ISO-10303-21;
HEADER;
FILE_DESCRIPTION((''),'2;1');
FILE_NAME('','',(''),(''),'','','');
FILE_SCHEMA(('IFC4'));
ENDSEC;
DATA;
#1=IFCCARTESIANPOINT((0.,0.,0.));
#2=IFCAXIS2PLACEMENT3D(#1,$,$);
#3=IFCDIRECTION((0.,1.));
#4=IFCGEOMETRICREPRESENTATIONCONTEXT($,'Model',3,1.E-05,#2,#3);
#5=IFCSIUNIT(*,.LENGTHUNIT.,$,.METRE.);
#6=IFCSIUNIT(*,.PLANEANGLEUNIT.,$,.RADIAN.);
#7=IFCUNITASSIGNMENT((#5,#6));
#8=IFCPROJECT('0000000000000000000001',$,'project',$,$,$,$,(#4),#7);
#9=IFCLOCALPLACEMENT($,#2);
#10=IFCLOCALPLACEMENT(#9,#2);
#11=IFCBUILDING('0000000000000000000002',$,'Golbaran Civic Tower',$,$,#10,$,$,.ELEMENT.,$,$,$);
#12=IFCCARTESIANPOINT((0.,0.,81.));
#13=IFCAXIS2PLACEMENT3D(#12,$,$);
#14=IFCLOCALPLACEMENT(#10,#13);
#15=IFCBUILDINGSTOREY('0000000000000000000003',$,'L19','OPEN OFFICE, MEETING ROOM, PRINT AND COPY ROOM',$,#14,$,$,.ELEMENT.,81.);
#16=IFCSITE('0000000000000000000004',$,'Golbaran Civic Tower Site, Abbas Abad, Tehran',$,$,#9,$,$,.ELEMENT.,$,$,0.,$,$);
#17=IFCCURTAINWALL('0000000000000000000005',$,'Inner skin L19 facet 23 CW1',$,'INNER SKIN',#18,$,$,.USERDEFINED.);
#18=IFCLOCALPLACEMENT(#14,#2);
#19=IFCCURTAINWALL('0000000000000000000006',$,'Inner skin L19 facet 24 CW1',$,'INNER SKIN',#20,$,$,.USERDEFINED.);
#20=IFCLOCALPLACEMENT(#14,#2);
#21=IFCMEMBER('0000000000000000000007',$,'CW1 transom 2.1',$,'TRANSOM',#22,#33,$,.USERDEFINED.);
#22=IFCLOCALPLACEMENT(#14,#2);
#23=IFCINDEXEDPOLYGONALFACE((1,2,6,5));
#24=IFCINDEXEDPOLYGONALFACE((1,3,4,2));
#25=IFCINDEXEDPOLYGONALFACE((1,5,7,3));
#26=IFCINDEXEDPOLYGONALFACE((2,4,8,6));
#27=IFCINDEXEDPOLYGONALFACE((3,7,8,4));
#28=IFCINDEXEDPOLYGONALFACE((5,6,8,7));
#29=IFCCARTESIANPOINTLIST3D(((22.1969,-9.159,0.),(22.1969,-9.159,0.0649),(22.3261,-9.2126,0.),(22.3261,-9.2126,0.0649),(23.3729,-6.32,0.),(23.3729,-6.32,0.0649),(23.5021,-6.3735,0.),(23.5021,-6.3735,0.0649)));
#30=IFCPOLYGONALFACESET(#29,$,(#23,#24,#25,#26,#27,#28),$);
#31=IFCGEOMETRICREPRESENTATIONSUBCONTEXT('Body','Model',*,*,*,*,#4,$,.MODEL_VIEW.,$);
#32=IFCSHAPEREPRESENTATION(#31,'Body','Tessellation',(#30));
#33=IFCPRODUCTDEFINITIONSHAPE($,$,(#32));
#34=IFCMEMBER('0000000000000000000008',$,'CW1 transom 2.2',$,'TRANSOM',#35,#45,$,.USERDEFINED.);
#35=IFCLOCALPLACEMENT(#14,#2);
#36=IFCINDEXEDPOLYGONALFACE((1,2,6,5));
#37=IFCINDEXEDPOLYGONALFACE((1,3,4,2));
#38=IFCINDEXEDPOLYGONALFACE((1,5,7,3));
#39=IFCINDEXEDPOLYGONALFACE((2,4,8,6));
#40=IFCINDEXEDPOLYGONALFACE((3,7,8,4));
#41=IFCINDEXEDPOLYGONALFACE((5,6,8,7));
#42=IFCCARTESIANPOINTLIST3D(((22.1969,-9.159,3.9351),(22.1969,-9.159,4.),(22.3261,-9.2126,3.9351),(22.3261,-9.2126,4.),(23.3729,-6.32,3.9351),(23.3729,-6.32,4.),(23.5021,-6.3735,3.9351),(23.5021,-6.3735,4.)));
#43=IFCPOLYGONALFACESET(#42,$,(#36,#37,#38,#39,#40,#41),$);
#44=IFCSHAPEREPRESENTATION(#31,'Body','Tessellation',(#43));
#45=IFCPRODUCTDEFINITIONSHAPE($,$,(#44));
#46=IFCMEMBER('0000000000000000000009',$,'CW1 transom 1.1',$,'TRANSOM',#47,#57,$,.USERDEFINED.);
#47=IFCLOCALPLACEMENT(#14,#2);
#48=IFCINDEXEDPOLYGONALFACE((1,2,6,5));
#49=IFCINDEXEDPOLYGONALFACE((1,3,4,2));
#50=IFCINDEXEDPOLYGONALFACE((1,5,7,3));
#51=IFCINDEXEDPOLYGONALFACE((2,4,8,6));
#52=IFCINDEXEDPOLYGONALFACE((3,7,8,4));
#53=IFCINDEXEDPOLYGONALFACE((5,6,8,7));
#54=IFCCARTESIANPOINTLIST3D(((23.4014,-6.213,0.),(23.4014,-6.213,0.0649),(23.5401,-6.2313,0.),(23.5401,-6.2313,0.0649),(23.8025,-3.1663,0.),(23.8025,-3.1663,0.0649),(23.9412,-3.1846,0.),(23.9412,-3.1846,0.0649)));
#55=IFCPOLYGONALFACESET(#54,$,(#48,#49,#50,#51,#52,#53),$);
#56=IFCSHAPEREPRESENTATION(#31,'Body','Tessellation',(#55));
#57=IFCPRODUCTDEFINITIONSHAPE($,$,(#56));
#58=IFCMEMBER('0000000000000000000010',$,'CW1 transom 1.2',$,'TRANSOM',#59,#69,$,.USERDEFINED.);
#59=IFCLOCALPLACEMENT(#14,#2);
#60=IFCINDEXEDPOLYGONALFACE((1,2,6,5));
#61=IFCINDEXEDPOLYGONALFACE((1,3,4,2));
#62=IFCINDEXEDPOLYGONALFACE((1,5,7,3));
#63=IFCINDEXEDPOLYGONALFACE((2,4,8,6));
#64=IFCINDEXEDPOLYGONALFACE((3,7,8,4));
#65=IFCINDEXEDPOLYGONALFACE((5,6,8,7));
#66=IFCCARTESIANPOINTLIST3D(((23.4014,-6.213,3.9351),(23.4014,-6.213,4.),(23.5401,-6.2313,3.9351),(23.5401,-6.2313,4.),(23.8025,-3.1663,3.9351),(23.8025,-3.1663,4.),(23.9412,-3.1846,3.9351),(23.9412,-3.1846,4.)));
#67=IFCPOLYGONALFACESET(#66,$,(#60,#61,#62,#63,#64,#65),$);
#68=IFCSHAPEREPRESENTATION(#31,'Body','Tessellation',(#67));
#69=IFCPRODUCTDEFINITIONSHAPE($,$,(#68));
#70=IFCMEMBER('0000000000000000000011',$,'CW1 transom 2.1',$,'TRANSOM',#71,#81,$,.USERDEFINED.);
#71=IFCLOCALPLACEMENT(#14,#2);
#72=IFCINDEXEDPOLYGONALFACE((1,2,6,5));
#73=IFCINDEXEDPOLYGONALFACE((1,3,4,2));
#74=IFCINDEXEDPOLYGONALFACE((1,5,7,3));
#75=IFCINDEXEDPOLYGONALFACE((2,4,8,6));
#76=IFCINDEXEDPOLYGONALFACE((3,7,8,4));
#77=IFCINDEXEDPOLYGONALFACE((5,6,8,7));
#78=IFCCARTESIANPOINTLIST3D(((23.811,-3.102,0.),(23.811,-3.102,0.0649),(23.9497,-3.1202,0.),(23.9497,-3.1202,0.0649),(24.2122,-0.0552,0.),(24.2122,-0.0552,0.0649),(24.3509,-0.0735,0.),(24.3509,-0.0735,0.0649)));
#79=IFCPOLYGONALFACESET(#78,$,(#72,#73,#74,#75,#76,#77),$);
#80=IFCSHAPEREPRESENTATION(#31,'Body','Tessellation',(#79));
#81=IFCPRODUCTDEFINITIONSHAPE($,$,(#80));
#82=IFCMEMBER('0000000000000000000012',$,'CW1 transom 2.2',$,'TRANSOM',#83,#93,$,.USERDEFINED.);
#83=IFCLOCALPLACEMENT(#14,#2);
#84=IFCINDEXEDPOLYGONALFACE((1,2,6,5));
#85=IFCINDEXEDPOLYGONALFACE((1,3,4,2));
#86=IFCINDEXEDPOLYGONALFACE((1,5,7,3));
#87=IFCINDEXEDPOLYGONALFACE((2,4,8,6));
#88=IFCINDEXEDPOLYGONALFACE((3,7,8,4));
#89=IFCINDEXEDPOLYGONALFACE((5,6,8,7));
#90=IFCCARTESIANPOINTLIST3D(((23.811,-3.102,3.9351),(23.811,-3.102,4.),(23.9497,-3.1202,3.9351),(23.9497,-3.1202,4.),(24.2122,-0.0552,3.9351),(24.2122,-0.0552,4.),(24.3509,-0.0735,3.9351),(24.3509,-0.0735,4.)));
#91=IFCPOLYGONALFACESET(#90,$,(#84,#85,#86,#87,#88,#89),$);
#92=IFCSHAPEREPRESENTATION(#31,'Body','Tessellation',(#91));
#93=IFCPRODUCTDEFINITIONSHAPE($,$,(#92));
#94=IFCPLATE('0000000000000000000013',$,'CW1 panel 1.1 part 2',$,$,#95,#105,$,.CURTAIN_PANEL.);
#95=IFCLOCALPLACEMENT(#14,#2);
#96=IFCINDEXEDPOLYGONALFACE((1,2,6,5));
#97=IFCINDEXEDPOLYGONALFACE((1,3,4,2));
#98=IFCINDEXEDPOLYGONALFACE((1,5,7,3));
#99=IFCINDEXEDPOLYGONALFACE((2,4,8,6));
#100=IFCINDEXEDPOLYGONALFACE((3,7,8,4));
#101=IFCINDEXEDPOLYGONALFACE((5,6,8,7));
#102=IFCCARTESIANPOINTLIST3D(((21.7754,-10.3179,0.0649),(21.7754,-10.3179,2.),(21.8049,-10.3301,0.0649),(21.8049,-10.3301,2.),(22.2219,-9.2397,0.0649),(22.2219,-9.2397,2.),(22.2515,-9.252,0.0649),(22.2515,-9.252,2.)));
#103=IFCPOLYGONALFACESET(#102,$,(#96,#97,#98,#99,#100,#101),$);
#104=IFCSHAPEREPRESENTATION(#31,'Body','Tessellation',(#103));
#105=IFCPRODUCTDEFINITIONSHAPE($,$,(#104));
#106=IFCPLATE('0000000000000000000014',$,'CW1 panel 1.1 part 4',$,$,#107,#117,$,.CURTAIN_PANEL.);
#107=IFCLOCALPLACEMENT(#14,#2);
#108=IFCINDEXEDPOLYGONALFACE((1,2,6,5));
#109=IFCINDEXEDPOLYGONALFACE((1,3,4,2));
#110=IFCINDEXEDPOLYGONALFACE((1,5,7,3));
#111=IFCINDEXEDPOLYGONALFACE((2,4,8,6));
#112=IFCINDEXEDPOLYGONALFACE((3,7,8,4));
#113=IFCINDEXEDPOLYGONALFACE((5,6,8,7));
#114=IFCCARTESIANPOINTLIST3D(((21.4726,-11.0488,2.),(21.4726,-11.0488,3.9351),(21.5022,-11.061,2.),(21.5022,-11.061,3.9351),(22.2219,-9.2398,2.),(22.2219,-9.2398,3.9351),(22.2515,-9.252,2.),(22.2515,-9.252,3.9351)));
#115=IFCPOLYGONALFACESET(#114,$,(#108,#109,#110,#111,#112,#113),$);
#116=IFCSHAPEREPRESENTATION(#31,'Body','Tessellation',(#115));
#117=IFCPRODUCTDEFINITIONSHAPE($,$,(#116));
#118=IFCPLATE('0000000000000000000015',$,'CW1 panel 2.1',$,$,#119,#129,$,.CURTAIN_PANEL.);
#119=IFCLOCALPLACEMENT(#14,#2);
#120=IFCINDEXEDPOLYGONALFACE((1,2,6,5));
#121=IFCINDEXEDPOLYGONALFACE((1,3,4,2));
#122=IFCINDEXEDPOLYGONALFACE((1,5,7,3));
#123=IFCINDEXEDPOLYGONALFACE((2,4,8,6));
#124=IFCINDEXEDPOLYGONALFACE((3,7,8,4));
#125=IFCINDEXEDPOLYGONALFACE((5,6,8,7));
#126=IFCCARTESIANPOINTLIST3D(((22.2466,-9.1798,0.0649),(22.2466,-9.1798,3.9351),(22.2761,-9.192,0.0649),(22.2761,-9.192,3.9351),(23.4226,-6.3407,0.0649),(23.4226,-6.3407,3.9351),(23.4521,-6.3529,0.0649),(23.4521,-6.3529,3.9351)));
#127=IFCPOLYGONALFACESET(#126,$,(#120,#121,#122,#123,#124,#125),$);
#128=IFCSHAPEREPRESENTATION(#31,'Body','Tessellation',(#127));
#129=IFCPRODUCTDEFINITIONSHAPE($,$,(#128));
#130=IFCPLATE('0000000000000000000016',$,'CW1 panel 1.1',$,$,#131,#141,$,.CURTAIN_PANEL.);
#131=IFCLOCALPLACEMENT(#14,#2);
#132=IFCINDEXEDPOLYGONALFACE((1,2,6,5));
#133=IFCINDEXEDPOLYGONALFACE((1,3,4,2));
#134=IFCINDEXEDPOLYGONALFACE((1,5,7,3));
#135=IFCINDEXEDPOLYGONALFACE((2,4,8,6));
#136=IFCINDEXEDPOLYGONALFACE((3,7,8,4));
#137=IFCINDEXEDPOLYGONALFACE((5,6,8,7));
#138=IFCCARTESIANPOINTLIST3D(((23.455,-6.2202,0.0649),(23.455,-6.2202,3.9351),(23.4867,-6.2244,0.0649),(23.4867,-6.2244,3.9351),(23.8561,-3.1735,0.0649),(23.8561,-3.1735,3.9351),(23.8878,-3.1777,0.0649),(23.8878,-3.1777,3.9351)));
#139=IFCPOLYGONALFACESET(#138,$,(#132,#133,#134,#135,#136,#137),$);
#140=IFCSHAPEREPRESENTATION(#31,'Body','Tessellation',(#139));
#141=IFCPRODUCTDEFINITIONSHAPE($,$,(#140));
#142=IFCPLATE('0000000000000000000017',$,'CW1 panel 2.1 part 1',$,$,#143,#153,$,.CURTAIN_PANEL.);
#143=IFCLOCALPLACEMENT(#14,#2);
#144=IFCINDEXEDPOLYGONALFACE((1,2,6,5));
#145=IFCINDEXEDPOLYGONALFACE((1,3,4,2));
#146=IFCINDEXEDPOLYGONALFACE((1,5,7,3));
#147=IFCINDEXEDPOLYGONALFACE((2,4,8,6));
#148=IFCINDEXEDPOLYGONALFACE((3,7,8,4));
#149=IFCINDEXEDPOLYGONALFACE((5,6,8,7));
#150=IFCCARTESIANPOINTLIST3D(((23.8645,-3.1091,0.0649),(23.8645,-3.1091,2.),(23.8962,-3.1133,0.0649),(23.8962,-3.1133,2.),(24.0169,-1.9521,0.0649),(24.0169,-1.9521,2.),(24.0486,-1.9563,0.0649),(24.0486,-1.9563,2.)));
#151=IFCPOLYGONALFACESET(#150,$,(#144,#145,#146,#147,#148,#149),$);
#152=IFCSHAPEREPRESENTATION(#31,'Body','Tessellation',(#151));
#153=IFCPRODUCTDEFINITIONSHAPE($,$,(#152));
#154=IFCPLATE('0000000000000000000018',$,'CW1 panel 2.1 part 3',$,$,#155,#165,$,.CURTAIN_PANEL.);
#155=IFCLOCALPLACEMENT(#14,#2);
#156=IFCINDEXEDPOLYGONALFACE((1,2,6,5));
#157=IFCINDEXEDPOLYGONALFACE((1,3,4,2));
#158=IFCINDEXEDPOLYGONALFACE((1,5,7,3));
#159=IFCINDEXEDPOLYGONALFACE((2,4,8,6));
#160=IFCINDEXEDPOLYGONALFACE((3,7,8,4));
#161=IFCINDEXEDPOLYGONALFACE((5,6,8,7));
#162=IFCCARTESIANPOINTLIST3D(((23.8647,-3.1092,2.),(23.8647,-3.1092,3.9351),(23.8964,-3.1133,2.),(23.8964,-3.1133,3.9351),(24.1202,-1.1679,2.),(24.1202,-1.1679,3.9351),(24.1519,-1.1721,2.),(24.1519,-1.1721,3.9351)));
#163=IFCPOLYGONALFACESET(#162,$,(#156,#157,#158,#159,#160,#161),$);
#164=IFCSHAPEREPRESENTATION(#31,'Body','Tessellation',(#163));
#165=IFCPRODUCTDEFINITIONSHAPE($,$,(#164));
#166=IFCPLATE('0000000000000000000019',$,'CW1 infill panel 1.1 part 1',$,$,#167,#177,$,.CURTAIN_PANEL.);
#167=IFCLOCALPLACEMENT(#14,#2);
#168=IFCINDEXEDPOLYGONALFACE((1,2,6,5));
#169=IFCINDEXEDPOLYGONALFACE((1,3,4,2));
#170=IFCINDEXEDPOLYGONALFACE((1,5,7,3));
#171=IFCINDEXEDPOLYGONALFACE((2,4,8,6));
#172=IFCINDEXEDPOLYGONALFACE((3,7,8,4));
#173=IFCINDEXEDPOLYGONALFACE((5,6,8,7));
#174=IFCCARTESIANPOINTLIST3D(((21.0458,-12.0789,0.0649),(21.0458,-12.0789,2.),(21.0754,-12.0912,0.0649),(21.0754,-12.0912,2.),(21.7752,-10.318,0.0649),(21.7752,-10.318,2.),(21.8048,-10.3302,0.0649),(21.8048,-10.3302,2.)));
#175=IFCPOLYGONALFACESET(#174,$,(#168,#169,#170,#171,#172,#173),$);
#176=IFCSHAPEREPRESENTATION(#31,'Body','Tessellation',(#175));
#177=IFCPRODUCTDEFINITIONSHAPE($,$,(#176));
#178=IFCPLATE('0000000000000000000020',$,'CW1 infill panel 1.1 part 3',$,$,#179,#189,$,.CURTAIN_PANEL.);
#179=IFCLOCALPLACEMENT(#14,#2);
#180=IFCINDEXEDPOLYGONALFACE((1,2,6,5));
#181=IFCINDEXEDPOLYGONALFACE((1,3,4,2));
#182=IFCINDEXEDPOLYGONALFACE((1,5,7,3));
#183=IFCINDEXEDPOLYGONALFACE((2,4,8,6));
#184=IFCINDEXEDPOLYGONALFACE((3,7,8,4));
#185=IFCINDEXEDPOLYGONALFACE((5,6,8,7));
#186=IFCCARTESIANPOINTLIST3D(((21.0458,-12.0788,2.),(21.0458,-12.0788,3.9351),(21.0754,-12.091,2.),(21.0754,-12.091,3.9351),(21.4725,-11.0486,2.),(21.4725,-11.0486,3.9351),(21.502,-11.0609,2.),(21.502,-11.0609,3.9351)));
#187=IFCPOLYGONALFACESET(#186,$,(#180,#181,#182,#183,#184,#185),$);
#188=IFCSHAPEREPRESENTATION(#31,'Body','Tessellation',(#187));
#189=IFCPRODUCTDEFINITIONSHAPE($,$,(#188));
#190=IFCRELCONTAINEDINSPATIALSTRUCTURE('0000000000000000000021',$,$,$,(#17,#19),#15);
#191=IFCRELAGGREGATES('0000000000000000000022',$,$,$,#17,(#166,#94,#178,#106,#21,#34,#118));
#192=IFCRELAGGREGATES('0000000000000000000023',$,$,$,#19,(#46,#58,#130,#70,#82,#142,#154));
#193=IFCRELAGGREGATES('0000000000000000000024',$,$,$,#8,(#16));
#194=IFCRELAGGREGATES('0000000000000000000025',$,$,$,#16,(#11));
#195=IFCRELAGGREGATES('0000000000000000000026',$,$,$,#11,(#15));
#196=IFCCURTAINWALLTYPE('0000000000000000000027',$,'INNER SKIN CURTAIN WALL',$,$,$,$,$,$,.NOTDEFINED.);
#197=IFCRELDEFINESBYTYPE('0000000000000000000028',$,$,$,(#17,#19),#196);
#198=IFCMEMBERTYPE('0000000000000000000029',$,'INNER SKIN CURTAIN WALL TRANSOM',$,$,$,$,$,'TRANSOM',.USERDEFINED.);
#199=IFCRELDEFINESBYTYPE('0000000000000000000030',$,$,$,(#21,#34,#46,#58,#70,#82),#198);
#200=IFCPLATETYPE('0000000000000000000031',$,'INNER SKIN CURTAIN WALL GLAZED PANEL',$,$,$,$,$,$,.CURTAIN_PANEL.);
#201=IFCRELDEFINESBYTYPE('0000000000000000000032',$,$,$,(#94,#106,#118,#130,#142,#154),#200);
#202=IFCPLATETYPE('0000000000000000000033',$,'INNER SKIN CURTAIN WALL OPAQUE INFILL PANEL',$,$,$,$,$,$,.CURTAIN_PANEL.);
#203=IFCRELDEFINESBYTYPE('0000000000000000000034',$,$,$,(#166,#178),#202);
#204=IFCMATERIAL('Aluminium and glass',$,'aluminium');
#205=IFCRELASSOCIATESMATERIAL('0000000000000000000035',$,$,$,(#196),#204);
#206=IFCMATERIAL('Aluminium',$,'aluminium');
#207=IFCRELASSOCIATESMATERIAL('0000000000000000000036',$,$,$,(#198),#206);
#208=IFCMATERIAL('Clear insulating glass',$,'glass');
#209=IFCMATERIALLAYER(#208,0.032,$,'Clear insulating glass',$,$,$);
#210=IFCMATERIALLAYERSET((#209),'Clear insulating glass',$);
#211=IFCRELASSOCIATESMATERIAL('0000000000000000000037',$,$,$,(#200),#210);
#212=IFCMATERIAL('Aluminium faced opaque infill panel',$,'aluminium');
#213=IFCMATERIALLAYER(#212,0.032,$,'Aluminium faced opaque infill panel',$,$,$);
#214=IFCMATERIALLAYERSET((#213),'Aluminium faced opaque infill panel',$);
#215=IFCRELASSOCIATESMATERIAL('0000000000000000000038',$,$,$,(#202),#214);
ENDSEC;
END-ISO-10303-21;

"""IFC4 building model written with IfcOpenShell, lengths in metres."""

from ifc_helpers import new_model, si_unit, direction, frame, origin, origin_2d, place, context, subcontext, project, spatial, rectangle, extrude, material, layer, layer_set, material_profile, profile_set, type_object, element, aggregate, save


model = new_model("IFC4")

# Units and contexts
model_context = context("Model", 3, precision=1e-05, world=origin(), true_north=direction((0.0, 1.0)))
body_context = subcontext(model_context, "Body", "Model", "MODEL_VIEW")
ifc_project = project(units=[si_unit("LENGTHUNIT", "METRE"), si_unit("PLANEANGLEUNIT", "RADIAN")], contexts=[model_context])

# Site, building, storey
site_placement = place(None, origin())
site = spatial("IfcSite", under=ifc_project, at=site_placement, Name="Golbaran Civic Tower Site, Abbas Abad, Tehran", CompositionType="ELEMENT", RefElevation=0.0)
building_placement = place(site_placement, origin())
building = spatial("IfcBuilding", under=site, at=building_placement, Name="Golbaran Civic Tower", CompositionType="ELEMENT")
storey_placement = place(building_placement, frame((0.0, 0.0, 81.0)))
storey = spatial("IfcBuildingStorey", under=building, at=storey_placement, Name="L19", Description="OPEN OFFICE, MEETING ROOM, PRINT AND COPY ROOM", CompositionType="ELEMENT", Elevation=81.0)

# Curtain walls
ifc_material_1 = material(Name="Aluminium and glass", Category="aluminium")
curtain_wall_type = type_object("IfcCurtainWallType", Name="INNER SKIN CURTAIN WALL", PredefinedType="NOTDEFINED", material=ifc_material_1)
curtain_wall_1_placement = place(storey_placement, origin())
curtain_wall_1 = element("IfcCurtainWall", 1, at=curtain_wall_1_placement, inside=storey, type_object=curtain_wall_type, Name="Inner skin L19 facet 23 CW1", ObjectType="INNER SKIN", PredefinedType="USERDEFINED")
ifc_material_2 = material(Name="Aluminium", Category="aluminium")
curtain_wall_2_placement = place(storey_placement, origin())
curtain_wall_2 = element("IfcCurtainWall", 2, at=curtain_wall_2_placement, inside=storey, type_object=curtain_wall_type, Name="Inner skin L19 facet 24 CW1", ObjectType="INNER SKIN", PredefinedType="USERDEFINED")

# Members
ifc_material_profile_1 = material_profile(ifc_material_2, rectangle(XDim=0.1399, YDim=0.0649, at=origin_2d()), Name="INNER SKIN CURTAIN WALL TRANSOM")
ifc_profile_set_1 = profile_set([ifc_material_profile_1], Name="Aluminium")
member_type_1 = type_object("IfcMemberType", Name="INNER SKIN CURTAIN WALL TRANSOM", ElementType="TRANSOM", PredefinedType="USERDEFINED", material=ifc_profile_set_1)
member_1_placement = place(storey_placement, frame((22.2615, -9.1858, 0.0325), z_axis=(0.382691, 0.923876, 0.0), x_axis=(-0.923876, 0.382691, 0.0)))
member_1 = element("IfcMember", 3, at=member_1_placement, type_object=member_type_1, Name="CW1 transom 2.1", ObjectType="TRANSOM", PredefinedType="USERDEFINED", context=body_context, shape_type="SweptSolid", body=[
    extrude(rectangle(XDim=0.1399, YDim=0.0649, at=origin_2d()), origin(), (0.0, 0.0, 1.0), 3.073),
])
member_2_placement = place(storey_placement, frame((22.2615, -9.1858, 3.9675), z_axis=(0.382691, 0.923876, 0.0), x_axis=(-0.923876, 0.382691, 0.0)))
member_2 = element("IfcMember", 4, at=member_2_placement, type_object=member_type_1, Name="CW1 transom 2.2", ObjectType="TRANSOM", PredefinedType="USERDEFINED", context=body_context, shape_type="SweptSolid", body=[
    extrude(rectangle(XDim=0.1399, YDim=0.0649, at=origin_2d()), origin(), (0.0, 0.0, 1.0), 3.073),
])
member_3_placement = place(storey_placement, frame((23.4707, -6.2222, 0.0325), z_axis=(0.130535, 0.991444, 0.0), x_axis=(-0.991444, 0.130535, 0.0)))
member_3 = element("IfcMember", 5, at=member_3_placement, type_object=member_type_1, Name="CW1 transom 1.1", ObjectType="TRANSOM", PredefinedType="USERDEFINED", context=body_context, shape_type="SweptSolid", body=[
    extrude(rectangle(XDim=0.1399, YDim=0.0649, at=origin_2d()), origin(), (0.0, 0.0, 1.0), 3.073),
])
member_4_placement = place(storey_placement, frame((23.4707, -6.2222, 3.9675), z_axis=(0.130535, 0.991444, 0.0), x_axis=(-0.991444, 0.130535, 0.0)))
member_4 = element("IfcMember", 6, at=member_4_placement, type_object=member_type_1, Name="CW1 transom 1.2", ObjectType="TRANSOM", PredefinedType="USERDEFINED", context=body_context, shape_type="SweptSolid", body=[
    extrude(rectangle(XDim=0.1399, YDim=0.0649, at=origin_2d()), origin(), (0.0, 0.0, 1.0), 3.073),
])
member_5_placement = place(storey_placement, frame((23.8804, -3.1111, 0.0325), z_axis=(0.130535, 0.991444, 0.0), x_axis=(-0.991444, 0.130535, 0.0)))
member_5 = element("IfcMember", 7, at=member_5_placement, type_object=member_type_1, Name="CW1 transom 2.1", ObjectType="TRANSOM", PredefinedType="USERDEFINED", context=body_context, shape_type="SweptSolid", body=[
    extrude(rectangle(XDim=0.1399, YDim=0.0649, at=origin_2d()), origin(), (0.0, 0.0, 1.0), 3.073),
])
member_6_placement = place(storey_placement, frame((23.8804, -3.1111, 3.9675), z_axis=(0.130535, 0.991444, 0.0), x_axis=(-0.991444, 0.130535, 0.0)))
member_6 = element("IfcMember", 8, at=member_6_placement, type_object=member_type_1, Name="CW1 transom 2.2", ObjectType="TRANSOM", PredefinedType="USERDEFINED", context=body_context, shape_type="SweptSolid", body=[
    extrude(rectangle(XDim=0.1399, YDim=0.0649, at=origin_2d()), origin(), (0.0, 0.0, 1.0), 3.073),
])

# Plates
ifc_material_3 = material(Name="Clear insulating glass", Category="glass")
ifc_layer_1 = layer(ifc_material_3, 0.032, Name="Clear insulating glass")
ifc_layer_set_1 = layer_set([ifc_layer_1], Name="Clear insulating glass")
plate_type_1 = type_object("IfcPlateType", Name="INNER SKIN CURTAIN WALL GLAZED PANEL", PredefinedType="CURTAIN_PANEL", material=ifc_layer_set_1)
plate_1_placement = place(storey_placement, frame((22.0134, -9.7849, 0.0649), z_axis=(0.0, 0.0, 1.0), x_axis=(0.382683, 0.92388, 0.0)))
plate_1 = element("IfcPlate", 9, at=plate_1_placement, type_object=plate_type_1, Name="CW1 panel 1.1 part 2", PredefinedType="CURTAIN_PANEL", context=body_context, shape_type="SweptSolid", body=[
    extrude(rectangle(XDim=1.167, YDim=0.032, at=origin_2d()), origin(), (0.0, 0.0, 1.0), 1.9351),
])
plate_2_placement = place(storey_placement, frame((21.8621, -10.1504, 2.0), z_axis=(0.0, 0.0, 1.0), x_axis=(0.382683, 0.92388, 0.0)))
plate_2 = element("IfcPlate", 10, at=plate_2_placement, type_object=plate_type_1, Name="CW1 panel 1.1 part 4", PredefinedType="CURTAIN_PANEL", context=body_context, shape_type="SweptSolid", body=[
    extrude(rectangle(XDim=1.958, YDim=0.032, at=origin_2d()), origin(), (0.0, 0.0, 1.0), 1.9351),
])
plate_3_placement = place(storey_placement, frame((22.8494, -7.7664, 0.0649), z_axis=(0.0, 0.0, 1.0), x_axis=(0.382683, 0.92388, 0.0)))
plate_3 = element("IfcPlate", 11, at=plate_3_placement, type_object=plate_type_1, Name="CW1 panel 2.1", PredefinedType="CURTAIN_PANEL", context=body_context, shape_type="SweptSolid", body=[
    extrude(rectangle(XDim=3.073, YDim=0.032, at=origin_2d()), origin(), (0.0, 0.0, 1.0), 3.8701),
])
plate_4_placement = place(storey_placement, frame((23.6714, -4.699, 0.0649), z_axis=(0.0, 0.0, 1.0), x_axis=(0.130526, 0.991445, 0.0)))
plate_4 = element("IfcPlate", 12, at=plate_4_placement, type_object=plate_type_1, Name="CW1 panel 1.1", PredefinedType="CURTAIN_PANEL", context=body_context, shape_type="SweptSolid", body=[
    extrude(rectangle(XDim=3.073, YDim=0.032, at=origin_2d()), origin(), (0.0, 0.0, 1.0), 3.8701),
])
plate_5_placement = place(storey_placement, frame((23.9565, -2.5327, 0.0649), z_axis=(0.0, 0.0, 1.0), x_axis=(0.130526, 0.991445, 0.0)))
plate_5 = element("IfcPlate", 13, at=plate_5_placement, type_object=plate_type_1, Name="CW1 panel 2.1 part 1", PredefinedType="CURTAIN_PANEL", context=body_context, shape_type="SweptSolid", body=[
    extrude(rectangle(XDim=1.167, YDim=0.032, at=origin_2d()), origin(), (0.0, 0.0, 1.0), 1.9351),
])
plate_6_placement = place(storey_placement, frame((24.0083, -2.1406, 2.0), z_axis=(0.0, 0.0, 1.0), x_axis=(0.130526, 0.991445, 0.0)))
plate_6 = element("IfcPlate", 14, at=plate_6_placement, type_object=plate_type_1, Name="CW1 panel 2.1 part 3", PredefinedType="CURTAIN_PANEL", context=body_context, shape_type="SweptSolid", body=[
    extrude(rectangle(XDim=1.958, YDim=0.032, at=origin_2d()), origin(), (0.0, 0.0, 1.0), 1.9351),
])
ifc_material_4 = material(Name="Aluminium faced opaque infill panel", Category="aluminium")
ifc_layer_2 = layer(ifc_material_4, 0.032, Name="Aluminium faced opaque infill panel")
ifc_layer_set_2 = layer_set([ifc_layer_2], Name="Aluminium faced opaque infill panel")
plate_type_2 = type_object("IfcPlateType", Name="INNER SKIN CURTAIN WALL OPAQUE INFILL PANEL", PredefinedType="CURTAIN_PANEL", material=ifc_layer_set_2)
plate_7_placement = place(storey_placement, frame((21.4253, -11.2046, 0.0649), z_axis=(0.0, 0.0, 1.0), x_axis=(0.382683, 0.92388, 0.0)))
plate_7 = element("IfcPlate", 15, at=plate_7_placement, type_object=plate_type_2, Name="CW1 infill panel 1.1 part 1", PredefinedType="CURTAIN_PANEL", context=body_context, shape_type="SweptSolid", body=[
    extrude(rectangle(XDim=1.906, YDim=0.032, at=origin_2d()), origin(), (0.0, 0.0, 1.0), 1.9351),
])
plate_8_placement = place(storey_placement, frame((21.2739, -11.5698, 2.0), z_axis=(0.0, 0.0, 1.0), x_axis=(0.382683, 0.92388, 0.0)))
plate_8 = element("IfcPlate", 16, at=plate_8_placement, type_object=plate_type_2, Name="CW1 infill panel 1.1 part 3", PredefinedType="CURTAIN_PANEL", context=body_context, shape_type="SweptSolid", body=[
    extrude(rectangle(XDim=1.115, YDim=0.032, at=origin_2d()), origin(), (0.0, 0.0, 1.0), 1.9351),
])
aggregate(curtain_wall_1, [plate_7, plate_1, plate_8, plate_2, member_1, member_2, plate_3])
aggregate(curtain_wall_2, [member_3, member_4, plate_4, member_5, member_6, plate_5, plate_6])

save(model, "model.ifc")
